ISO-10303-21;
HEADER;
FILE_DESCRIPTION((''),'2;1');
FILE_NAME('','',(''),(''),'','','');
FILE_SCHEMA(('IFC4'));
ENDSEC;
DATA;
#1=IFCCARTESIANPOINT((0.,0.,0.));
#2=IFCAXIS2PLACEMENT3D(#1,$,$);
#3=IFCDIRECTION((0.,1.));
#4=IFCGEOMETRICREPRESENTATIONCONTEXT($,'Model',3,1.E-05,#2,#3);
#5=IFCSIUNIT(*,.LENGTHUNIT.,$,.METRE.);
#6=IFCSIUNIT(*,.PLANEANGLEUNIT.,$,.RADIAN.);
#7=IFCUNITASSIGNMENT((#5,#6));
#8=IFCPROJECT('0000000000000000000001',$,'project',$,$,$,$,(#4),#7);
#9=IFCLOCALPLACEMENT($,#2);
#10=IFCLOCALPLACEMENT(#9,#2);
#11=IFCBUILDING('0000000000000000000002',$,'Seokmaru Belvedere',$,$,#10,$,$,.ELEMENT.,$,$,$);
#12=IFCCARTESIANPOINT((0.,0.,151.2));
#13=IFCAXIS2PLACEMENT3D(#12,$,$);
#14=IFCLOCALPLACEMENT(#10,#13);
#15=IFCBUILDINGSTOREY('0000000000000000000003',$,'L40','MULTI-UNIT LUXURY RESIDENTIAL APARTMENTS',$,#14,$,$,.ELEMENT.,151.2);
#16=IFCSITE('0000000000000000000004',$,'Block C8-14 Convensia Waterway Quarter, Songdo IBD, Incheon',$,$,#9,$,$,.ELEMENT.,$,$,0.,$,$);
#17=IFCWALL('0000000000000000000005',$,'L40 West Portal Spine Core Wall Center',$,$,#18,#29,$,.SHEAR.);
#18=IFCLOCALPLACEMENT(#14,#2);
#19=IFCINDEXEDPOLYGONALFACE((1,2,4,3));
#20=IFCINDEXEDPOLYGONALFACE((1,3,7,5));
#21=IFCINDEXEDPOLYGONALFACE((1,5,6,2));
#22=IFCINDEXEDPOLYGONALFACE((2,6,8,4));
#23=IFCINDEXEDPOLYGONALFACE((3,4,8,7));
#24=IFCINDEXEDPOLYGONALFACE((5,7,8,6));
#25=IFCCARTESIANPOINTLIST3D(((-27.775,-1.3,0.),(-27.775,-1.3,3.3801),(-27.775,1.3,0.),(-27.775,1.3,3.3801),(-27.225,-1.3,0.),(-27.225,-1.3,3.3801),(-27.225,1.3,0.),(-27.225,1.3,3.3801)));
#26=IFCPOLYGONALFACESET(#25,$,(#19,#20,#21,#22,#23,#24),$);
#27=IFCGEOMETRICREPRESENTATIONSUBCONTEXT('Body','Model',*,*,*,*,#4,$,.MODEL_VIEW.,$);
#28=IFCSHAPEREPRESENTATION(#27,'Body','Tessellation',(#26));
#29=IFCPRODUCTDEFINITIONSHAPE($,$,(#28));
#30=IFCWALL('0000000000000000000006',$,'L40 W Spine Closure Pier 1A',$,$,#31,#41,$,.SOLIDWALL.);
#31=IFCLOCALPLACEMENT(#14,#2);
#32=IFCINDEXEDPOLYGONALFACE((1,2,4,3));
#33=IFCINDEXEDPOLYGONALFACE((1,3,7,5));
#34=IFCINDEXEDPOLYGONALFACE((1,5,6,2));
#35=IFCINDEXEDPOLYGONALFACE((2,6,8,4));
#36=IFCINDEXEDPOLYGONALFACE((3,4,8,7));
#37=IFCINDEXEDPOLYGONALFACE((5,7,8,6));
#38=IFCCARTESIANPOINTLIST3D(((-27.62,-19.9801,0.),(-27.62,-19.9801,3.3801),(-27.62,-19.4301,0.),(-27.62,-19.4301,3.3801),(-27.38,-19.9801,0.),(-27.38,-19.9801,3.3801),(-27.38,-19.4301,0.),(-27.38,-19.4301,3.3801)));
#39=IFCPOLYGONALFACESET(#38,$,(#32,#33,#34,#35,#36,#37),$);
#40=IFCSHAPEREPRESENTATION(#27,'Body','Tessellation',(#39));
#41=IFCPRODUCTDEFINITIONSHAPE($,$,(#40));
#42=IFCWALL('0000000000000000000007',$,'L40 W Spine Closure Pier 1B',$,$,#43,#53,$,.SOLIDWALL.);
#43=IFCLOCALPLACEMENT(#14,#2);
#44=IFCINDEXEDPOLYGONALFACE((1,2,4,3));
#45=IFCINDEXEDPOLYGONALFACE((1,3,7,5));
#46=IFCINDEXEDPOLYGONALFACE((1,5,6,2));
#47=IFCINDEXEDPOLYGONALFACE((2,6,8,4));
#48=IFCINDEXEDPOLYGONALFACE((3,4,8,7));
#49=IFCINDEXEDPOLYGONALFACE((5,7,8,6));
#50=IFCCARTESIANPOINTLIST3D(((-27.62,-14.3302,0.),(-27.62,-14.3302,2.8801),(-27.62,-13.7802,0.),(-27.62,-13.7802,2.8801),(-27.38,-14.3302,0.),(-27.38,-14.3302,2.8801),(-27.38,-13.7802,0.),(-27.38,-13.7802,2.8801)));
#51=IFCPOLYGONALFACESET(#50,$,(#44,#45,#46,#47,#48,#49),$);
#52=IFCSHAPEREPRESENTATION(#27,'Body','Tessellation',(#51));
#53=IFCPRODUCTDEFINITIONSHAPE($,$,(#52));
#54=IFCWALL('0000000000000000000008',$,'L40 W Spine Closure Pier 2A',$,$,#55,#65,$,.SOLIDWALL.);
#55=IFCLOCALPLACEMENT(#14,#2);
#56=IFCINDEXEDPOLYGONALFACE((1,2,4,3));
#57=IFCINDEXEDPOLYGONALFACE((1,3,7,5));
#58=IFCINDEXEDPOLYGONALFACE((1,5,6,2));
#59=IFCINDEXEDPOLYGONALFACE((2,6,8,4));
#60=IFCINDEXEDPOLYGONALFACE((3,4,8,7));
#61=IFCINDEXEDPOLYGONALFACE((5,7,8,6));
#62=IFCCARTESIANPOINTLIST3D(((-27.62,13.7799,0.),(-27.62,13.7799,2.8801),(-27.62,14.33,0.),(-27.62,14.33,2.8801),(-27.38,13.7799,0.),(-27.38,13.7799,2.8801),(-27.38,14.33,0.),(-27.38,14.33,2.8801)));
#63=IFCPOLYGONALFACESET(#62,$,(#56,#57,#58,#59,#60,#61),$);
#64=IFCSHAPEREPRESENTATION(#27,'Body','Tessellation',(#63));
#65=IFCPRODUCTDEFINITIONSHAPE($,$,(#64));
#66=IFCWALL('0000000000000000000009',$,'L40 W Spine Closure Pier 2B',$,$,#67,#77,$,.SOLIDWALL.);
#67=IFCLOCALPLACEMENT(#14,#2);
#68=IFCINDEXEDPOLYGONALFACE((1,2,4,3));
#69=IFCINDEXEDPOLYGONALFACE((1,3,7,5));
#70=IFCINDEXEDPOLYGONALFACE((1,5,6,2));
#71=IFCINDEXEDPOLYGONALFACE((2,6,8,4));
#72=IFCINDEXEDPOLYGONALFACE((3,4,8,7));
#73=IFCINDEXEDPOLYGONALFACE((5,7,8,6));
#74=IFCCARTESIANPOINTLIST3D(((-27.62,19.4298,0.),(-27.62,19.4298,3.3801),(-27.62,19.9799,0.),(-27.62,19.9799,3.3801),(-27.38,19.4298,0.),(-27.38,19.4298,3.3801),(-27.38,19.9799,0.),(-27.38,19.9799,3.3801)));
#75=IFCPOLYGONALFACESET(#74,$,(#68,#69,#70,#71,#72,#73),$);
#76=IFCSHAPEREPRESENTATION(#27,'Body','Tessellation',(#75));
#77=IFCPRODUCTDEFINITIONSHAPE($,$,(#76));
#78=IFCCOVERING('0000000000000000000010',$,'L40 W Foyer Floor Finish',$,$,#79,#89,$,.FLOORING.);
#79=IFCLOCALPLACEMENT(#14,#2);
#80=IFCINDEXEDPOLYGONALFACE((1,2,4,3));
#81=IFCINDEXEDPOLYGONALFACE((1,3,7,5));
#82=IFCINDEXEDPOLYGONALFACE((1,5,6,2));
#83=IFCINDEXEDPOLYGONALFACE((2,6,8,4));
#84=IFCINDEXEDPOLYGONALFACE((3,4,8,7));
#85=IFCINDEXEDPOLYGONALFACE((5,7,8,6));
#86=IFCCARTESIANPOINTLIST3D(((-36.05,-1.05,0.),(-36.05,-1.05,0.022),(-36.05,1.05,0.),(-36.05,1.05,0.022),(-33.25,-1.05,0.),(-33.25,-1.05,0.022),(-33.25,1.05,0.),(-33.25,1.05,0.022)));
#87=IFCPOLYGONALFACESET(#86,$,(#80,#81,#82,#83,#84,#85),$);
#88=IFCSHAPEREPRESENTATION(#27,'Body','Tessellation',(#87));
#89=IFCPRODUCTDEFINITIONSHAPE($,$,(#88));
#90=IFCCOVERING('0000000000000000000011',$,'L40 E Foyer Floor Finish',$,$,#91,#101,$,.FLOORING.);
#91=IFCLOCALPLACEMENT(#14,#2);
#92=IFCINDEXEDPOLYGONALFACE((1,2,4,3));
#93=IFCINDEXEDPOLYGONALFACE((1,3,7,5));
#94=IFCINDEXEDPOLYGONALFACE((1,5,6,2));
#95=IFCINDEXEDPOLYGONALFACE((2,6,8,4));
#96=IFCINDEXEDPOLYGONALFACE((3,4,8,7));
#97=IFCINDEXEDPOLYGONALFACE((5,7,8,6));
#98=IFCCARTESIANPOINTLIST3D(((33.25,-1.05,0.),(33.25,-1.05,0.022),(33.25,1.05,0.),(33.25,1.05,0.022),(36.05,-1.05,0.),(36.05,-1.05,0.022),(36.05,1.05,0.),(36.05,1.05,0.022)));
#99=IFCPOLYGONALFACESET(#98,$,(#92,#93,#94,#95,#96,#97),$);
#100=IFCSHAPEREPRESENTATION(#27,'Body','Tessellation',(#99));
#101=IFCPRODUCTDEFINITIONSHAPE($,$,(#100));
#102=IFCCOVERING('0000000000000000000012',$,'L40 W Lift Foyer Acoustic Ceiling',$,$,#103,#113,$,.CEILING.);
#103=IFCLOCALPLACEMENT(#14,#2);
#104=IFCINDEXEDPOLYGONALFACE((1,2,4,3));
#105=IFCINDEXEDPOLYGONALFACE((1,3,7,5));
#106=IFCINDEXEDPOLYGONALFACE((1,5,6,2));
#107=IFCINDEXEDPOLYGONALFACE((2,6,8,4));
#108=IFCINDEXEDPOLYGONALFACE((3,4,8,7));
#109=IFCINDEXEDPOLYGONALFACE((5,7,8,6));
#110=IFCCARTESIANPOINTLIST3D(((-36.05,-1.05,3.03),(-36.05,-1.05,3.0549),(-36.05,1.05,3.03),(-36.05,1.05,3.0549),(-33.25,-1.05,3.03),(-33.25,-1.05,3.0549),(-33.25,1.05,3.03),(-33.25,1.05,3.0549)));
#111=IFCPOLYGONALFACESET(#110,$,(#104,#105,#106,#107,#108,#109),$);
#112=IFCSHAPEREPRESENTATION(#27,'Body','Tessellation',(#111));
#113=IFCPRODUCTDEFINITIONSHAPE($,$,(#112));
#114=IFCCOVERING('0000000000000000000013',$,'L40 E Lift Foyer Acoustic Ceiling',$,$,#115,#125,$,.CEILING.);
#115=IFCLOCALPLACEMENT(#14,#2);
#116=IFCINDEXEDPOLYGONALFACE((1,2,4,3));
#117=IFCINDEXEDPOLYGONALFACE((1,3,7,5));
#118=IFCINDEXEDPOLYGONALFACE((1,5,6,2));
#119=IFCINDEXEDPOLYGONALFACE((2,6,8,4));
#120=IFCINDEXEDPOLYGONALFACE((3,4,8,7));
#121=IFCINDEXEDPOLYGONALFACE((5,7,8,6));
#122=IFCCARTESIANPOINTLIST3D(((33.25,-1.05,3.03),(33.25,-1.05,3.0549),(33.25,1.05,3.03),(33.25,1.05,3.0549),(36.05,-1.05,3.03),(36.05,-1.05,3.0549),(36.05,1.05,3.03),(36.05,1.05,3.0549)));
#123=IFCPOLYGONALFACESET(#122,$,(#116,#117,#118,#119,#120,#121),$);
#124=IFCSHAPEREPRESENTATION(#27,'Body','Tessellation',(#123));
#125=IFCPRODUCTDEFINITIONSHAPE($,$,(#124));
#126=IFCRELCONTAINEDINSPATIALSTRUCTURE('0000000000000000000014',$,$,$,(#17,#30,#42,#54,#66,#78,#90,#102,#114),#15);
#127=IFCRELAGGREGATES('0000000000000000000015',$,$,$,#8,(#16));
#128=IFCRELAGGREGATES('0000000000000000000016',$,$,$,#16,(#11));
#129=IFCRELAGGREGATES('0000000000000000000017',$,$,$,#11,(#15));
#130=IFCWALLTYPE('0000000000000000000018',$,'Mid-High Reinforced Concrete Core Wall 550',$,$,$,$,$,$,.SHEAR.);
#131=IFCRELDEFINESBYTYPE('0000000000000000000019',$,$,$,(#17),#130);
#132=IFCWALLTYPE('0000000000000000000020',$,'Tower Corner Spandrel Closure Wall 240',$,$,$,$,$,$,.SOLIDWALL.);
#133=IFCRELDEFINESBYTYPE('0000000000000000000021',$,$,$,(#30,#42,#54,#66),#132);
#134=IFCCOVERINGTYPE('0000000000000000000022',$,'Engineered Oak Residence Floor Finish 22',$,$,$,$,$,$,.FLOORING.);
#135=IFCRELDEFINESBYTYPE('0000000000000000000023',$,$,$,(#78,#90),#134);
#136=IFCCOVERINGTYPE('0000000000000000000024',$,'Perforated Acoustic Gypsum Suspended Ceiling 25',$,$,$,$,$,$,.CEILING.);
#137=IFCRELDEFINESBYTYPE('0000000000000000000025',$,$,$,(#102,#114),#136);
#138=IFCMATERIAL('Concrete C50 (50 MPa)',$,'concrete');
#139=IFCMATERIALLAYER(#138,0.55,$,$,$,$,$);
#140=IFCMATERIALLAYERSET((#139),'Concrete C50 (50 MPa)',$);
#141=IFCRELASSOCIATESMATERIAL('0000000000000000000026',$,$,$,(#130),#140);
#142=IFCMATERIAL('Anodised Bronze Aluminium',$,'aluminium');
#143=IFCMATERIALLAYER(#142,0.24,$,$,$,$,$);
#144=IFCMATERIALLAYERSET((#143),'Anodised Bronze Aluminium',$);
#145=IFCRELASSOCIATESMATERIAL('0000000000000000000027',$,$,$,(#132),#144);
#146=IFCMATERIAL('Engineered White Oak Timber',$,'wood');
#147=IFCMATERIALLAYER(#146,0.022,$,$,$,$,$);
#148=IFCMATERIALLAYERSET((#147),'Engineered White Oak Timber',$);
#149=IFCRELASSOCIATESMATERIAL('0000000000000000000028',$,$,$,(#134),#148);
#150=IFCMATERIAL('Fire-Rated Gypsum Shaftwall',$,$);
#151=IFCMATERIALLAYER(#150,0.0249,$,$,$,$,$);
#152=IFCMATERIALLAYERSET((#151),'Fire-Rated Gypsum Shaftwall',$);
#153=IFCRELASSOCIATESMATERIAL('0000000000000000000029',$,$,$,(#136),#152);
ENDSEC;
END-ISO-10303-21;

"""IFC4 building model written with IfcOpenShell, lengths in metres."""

from ifc_helpers import new_model, si_unit, direction, frame, frame_2d, origin, place, context, subcontext, project, spatial, polyline, rectangle, outline, extrude, material, layer, layer_set, type_object, element, save


model = new_model("IFC4")

# Units and contexts
model_context = context("Model", 3, precision=1e-05, world=origin(), true_north=direction((0.0, 1.0)))
body_context = subcontext(model_context, "Body", "Model", "MODEL_VIEW")
ifc_project = project(units=[si_unit("LENGTHUNIT", "METRE"), si_unit("PLANEANGLEUNIT", "RADIAN")], contexts=[model_context])

# Site, building, storey
site_placement = place(None, origin())
site = spatial("IfcSite", under=ifc_project, at=site_placement, Name="Block C8-14 Convensia Waterway Quarter, Songdo IBD, Incheon", CompositionType="ELEMENT", RefElevation=0.0)
building_placement = place(site_placement, origin())
building = spatial("IfcBuilding", under=site, at=building_placement, Name="Seokmaru Belvedere", CompositionType="ELEMENT")
storey_placement = place(building_placement, frame((0.0, 0.0, 151.2)))
storey = spatial("IfcBuildingStorey", under=building, at=storey_placement, Name="L40", Description="MULTI-UNIT LUXURY RESIDENTIAL APARTMENTS", CompositionType="ELEMENT", Elevation=151.2)

# Shared definitions
ifc_material_1 = material(Name="Anodised Bronze Aluminium", Category="aluminium")

# Walls
ifc_material_2 = material(Name="Concrete C50 (50 MPa)", Category="concrete")
ifc_layer_1 = layer(ifc_material_2, 0.55)
ifc_layer_set_1 = layer_set([ifc_layer_1], Name="Concrete C50 (50 MPa)")
wall_type_1 = type_object("IfcWallType", Name="Mid-High Reinforced Concrete Core Wall 550", PredefinedType="SHEAR", material=ifc_layer_set_1)
wall_1_placement = place(storey_placement, frame((-27.5, -1.3, 0.0), z_axis=(0.0, 0.0, 1.0), x_axis=(0.0, 1.0, 0.0)))
element("IfcWall", 1, at=wall_1_placement, inside=storey, type_object=wall_type_1, Name="L40 West Portal Spine Core Wall Center", PredefinedType="SHEAR", context=body_context, shape_type="SweptSolid", body=[
    extrude(rectangle(XDim=2.6001, YDim=0.55, at=frame_2d((1.3, 0.0))), origin(), (0.0, 0.0, 1.0), 3.3801),
])
ifc_layer_2 = layer(ifc_material_1, 0.24)
ifc_layer_set_2 = layer_set([ifc_layer_2], Name="Anodised Bronze Aluminium")
wall_type_2 = type_object("IfcWallType", Name="Tower Corner Spandrel Closure Wall 240", PredefinedType="SOLIDWALL", material=ifc_layer_set_2)
wall_2_placement = place(storey_placement, frame((-27.5, -19.98, 0.0), z_axis=(0.0, 0.0, 1.0), x_axis=(0.0, 1.0, 0.0)))
element("IfcWall", 2, at=wall_2_placement, inside=storey, type_object=wall_type_2, Name="L40 W Spine Closure Pier 1A", PredefinedType="SOLIDWALL", context=body_context, shape_type="SweptSolid", body=[
    extrude(rectangle(XDim=0.55, YDim=0.24, at=frame_2d((0.2749, 0.0))), origin(), (0.0, 0.0, 1.0), 3.3801),
])
for number, where, z_axis, x_axis, name in (
    (3, (-27.5, -14.3301, 0.0), (0.0, 0.0, 1.0), (0.0, 1.0, 0.0), "L40 W Spine Closure Pier 1B"),
    (4, (-27.5, 13.78, 0.0), (0.0, 0.0, 1.0), (0.0, 1.0, 0.0), "L40 W Spine Closure Pier 2A"),
):
    element("IfcWall", number, at=place(storey_placement, frame(where, z_axis=z_axis, x_axis=x_axis)), inside=storey, type_object=wall_type_2, Name=name, PredefinedType="SOLIDWALL", context=body_context, shape_type="SweptSolid", body=[
        extrude(rectangle(XDim=0.55, YDim=0.24, at=frame_2d((0.2749, 0.0))), origin(), (0.0, 0.0, 1.0), 2.8801),
    ])
wall_3_placement = place(storey_placement, frame((-27.5, 19.4299, 0.0), z_axis=(0.0, 0.0, 1.0), x_axis=(0.0, 1.0, 0.0)))
element("IfcWall", 5, at=wall_3_placement, inside=storey, type_object=wall_type_2, Name="L40 W Spine Closure Pier 2B", PredefinedType="SOLIDWALL", context=body_context, shape_type="SweptSolid", body=[
    extrude(rectangle(XDim=0.55, YDim=0.24, at=frame_2d((0.2749, 0.0))), origin(), (0.0, 0.0, 1.0), 3.3801),
])

# Coverings
ifc_material_3 = material(Name="Engineered White Oak Timber", Category="wood")
ifc_layer_3 = layer(ifc_material_3, 0.022)
ifc_layer_set_3 = layer_set([ifc_layer_3], Name="Engineered White Oak Timber")
covering_type_1 = type_object("IfcCoveringType", Name="Engineered Oak Residence Floor Finish 22", PredefinedType="FLOORING", material=ifc_layer_set_3)
covering_1_placement = place(storey_placement, origin())
element("IfcCovering", 6, at=covering_1_placement, inside=storey, type_object=covering_type_1, Name="L40 W Foyer Floor Finish", PredefinedType="FLOORING", context=body_context, shape_type="SweptSolid", body=[
    extrude(outline(polyline([(-36.05, -1.05), (-33.25, -1.05), (-33.25, 1.05), (-36.05, 1.05), (-36.05, -1.05)])), origin(), (0.0, 0.0, 1.0), 0.022),
])
covering_2_placement = place(storey_placement, origin())
element("IfcCovering", 7, at=covering_2_placement, inside=storey, type_object=covering_type_1, Name="L40 E Foyer Floor Finish", PredefinedType="FLOORING", context=body_context, shape_type="SweptSolid", body=[
    extrude(outline(polyline([(33.25, -1.05), (36.05, -1.05), (36.05, 1.05), (33.25, 1.05), (33.25, -1.05)])), origin(), (0.0, 0.0, 1.0), 0.022),
])
ifc_material_4 = material(Name="Fire-Rated Gypsum Shaftwall")
ifc_layer_4 = layer(ifc_material_4, 0.0249)
ifc_layer_set_4 = layer_set([ifc_layer_4], Name="Fire-Rated Gypsum Shaftwall")
covering_type_2 = type_object("IfcCoveringType", Name="Perforated Acoustic Gypsum Suspended Ceiling 25", PredefinedType="CEILING", material=ifc_layer_set_4)
covering_3_placement = place(storey_placement, frame((0.0, 0.0, 3.03)))
element("IfcCovering", 8, at=covering_3_placement, inside=storey, type_object=covering_type_2, Name="L40 W Lift Foyer Acoustic Ceiling", PredefinedType="CEILING", context=body_context, shape_type="SweptSolid", body=[
    extrude(outline(polyline([(-36.05, -1.05), (-33.25, -1.05), (-33.25, 1.05), (-36.05, 1.05), (-36.05, -1.05)])), origin(), (0.0, 0.0, 1.0), 0.0249),
])
covering_4_placement = place(storey_placement, frame((0.0, 0.0, 3.03)))
element("IfcCovering", 9, at=covering_4_placement, inside=storey, type_object=covering_type_2, Name="L40 E Lift Foyer Acoustic Ceiling", PredefinedType="CEILING", context=body_context, shape_type="SweptSolid", body=[
    extrude(outline(polyline([(33.25, -1.05), (36.05, -1.05), (36.05, 1.05), (33.25, 1.05), (33.25, -1.05)])), origin(), (0.0, 0.0, 1.0), 0.0249),
])

save(model, "model.ifc")
